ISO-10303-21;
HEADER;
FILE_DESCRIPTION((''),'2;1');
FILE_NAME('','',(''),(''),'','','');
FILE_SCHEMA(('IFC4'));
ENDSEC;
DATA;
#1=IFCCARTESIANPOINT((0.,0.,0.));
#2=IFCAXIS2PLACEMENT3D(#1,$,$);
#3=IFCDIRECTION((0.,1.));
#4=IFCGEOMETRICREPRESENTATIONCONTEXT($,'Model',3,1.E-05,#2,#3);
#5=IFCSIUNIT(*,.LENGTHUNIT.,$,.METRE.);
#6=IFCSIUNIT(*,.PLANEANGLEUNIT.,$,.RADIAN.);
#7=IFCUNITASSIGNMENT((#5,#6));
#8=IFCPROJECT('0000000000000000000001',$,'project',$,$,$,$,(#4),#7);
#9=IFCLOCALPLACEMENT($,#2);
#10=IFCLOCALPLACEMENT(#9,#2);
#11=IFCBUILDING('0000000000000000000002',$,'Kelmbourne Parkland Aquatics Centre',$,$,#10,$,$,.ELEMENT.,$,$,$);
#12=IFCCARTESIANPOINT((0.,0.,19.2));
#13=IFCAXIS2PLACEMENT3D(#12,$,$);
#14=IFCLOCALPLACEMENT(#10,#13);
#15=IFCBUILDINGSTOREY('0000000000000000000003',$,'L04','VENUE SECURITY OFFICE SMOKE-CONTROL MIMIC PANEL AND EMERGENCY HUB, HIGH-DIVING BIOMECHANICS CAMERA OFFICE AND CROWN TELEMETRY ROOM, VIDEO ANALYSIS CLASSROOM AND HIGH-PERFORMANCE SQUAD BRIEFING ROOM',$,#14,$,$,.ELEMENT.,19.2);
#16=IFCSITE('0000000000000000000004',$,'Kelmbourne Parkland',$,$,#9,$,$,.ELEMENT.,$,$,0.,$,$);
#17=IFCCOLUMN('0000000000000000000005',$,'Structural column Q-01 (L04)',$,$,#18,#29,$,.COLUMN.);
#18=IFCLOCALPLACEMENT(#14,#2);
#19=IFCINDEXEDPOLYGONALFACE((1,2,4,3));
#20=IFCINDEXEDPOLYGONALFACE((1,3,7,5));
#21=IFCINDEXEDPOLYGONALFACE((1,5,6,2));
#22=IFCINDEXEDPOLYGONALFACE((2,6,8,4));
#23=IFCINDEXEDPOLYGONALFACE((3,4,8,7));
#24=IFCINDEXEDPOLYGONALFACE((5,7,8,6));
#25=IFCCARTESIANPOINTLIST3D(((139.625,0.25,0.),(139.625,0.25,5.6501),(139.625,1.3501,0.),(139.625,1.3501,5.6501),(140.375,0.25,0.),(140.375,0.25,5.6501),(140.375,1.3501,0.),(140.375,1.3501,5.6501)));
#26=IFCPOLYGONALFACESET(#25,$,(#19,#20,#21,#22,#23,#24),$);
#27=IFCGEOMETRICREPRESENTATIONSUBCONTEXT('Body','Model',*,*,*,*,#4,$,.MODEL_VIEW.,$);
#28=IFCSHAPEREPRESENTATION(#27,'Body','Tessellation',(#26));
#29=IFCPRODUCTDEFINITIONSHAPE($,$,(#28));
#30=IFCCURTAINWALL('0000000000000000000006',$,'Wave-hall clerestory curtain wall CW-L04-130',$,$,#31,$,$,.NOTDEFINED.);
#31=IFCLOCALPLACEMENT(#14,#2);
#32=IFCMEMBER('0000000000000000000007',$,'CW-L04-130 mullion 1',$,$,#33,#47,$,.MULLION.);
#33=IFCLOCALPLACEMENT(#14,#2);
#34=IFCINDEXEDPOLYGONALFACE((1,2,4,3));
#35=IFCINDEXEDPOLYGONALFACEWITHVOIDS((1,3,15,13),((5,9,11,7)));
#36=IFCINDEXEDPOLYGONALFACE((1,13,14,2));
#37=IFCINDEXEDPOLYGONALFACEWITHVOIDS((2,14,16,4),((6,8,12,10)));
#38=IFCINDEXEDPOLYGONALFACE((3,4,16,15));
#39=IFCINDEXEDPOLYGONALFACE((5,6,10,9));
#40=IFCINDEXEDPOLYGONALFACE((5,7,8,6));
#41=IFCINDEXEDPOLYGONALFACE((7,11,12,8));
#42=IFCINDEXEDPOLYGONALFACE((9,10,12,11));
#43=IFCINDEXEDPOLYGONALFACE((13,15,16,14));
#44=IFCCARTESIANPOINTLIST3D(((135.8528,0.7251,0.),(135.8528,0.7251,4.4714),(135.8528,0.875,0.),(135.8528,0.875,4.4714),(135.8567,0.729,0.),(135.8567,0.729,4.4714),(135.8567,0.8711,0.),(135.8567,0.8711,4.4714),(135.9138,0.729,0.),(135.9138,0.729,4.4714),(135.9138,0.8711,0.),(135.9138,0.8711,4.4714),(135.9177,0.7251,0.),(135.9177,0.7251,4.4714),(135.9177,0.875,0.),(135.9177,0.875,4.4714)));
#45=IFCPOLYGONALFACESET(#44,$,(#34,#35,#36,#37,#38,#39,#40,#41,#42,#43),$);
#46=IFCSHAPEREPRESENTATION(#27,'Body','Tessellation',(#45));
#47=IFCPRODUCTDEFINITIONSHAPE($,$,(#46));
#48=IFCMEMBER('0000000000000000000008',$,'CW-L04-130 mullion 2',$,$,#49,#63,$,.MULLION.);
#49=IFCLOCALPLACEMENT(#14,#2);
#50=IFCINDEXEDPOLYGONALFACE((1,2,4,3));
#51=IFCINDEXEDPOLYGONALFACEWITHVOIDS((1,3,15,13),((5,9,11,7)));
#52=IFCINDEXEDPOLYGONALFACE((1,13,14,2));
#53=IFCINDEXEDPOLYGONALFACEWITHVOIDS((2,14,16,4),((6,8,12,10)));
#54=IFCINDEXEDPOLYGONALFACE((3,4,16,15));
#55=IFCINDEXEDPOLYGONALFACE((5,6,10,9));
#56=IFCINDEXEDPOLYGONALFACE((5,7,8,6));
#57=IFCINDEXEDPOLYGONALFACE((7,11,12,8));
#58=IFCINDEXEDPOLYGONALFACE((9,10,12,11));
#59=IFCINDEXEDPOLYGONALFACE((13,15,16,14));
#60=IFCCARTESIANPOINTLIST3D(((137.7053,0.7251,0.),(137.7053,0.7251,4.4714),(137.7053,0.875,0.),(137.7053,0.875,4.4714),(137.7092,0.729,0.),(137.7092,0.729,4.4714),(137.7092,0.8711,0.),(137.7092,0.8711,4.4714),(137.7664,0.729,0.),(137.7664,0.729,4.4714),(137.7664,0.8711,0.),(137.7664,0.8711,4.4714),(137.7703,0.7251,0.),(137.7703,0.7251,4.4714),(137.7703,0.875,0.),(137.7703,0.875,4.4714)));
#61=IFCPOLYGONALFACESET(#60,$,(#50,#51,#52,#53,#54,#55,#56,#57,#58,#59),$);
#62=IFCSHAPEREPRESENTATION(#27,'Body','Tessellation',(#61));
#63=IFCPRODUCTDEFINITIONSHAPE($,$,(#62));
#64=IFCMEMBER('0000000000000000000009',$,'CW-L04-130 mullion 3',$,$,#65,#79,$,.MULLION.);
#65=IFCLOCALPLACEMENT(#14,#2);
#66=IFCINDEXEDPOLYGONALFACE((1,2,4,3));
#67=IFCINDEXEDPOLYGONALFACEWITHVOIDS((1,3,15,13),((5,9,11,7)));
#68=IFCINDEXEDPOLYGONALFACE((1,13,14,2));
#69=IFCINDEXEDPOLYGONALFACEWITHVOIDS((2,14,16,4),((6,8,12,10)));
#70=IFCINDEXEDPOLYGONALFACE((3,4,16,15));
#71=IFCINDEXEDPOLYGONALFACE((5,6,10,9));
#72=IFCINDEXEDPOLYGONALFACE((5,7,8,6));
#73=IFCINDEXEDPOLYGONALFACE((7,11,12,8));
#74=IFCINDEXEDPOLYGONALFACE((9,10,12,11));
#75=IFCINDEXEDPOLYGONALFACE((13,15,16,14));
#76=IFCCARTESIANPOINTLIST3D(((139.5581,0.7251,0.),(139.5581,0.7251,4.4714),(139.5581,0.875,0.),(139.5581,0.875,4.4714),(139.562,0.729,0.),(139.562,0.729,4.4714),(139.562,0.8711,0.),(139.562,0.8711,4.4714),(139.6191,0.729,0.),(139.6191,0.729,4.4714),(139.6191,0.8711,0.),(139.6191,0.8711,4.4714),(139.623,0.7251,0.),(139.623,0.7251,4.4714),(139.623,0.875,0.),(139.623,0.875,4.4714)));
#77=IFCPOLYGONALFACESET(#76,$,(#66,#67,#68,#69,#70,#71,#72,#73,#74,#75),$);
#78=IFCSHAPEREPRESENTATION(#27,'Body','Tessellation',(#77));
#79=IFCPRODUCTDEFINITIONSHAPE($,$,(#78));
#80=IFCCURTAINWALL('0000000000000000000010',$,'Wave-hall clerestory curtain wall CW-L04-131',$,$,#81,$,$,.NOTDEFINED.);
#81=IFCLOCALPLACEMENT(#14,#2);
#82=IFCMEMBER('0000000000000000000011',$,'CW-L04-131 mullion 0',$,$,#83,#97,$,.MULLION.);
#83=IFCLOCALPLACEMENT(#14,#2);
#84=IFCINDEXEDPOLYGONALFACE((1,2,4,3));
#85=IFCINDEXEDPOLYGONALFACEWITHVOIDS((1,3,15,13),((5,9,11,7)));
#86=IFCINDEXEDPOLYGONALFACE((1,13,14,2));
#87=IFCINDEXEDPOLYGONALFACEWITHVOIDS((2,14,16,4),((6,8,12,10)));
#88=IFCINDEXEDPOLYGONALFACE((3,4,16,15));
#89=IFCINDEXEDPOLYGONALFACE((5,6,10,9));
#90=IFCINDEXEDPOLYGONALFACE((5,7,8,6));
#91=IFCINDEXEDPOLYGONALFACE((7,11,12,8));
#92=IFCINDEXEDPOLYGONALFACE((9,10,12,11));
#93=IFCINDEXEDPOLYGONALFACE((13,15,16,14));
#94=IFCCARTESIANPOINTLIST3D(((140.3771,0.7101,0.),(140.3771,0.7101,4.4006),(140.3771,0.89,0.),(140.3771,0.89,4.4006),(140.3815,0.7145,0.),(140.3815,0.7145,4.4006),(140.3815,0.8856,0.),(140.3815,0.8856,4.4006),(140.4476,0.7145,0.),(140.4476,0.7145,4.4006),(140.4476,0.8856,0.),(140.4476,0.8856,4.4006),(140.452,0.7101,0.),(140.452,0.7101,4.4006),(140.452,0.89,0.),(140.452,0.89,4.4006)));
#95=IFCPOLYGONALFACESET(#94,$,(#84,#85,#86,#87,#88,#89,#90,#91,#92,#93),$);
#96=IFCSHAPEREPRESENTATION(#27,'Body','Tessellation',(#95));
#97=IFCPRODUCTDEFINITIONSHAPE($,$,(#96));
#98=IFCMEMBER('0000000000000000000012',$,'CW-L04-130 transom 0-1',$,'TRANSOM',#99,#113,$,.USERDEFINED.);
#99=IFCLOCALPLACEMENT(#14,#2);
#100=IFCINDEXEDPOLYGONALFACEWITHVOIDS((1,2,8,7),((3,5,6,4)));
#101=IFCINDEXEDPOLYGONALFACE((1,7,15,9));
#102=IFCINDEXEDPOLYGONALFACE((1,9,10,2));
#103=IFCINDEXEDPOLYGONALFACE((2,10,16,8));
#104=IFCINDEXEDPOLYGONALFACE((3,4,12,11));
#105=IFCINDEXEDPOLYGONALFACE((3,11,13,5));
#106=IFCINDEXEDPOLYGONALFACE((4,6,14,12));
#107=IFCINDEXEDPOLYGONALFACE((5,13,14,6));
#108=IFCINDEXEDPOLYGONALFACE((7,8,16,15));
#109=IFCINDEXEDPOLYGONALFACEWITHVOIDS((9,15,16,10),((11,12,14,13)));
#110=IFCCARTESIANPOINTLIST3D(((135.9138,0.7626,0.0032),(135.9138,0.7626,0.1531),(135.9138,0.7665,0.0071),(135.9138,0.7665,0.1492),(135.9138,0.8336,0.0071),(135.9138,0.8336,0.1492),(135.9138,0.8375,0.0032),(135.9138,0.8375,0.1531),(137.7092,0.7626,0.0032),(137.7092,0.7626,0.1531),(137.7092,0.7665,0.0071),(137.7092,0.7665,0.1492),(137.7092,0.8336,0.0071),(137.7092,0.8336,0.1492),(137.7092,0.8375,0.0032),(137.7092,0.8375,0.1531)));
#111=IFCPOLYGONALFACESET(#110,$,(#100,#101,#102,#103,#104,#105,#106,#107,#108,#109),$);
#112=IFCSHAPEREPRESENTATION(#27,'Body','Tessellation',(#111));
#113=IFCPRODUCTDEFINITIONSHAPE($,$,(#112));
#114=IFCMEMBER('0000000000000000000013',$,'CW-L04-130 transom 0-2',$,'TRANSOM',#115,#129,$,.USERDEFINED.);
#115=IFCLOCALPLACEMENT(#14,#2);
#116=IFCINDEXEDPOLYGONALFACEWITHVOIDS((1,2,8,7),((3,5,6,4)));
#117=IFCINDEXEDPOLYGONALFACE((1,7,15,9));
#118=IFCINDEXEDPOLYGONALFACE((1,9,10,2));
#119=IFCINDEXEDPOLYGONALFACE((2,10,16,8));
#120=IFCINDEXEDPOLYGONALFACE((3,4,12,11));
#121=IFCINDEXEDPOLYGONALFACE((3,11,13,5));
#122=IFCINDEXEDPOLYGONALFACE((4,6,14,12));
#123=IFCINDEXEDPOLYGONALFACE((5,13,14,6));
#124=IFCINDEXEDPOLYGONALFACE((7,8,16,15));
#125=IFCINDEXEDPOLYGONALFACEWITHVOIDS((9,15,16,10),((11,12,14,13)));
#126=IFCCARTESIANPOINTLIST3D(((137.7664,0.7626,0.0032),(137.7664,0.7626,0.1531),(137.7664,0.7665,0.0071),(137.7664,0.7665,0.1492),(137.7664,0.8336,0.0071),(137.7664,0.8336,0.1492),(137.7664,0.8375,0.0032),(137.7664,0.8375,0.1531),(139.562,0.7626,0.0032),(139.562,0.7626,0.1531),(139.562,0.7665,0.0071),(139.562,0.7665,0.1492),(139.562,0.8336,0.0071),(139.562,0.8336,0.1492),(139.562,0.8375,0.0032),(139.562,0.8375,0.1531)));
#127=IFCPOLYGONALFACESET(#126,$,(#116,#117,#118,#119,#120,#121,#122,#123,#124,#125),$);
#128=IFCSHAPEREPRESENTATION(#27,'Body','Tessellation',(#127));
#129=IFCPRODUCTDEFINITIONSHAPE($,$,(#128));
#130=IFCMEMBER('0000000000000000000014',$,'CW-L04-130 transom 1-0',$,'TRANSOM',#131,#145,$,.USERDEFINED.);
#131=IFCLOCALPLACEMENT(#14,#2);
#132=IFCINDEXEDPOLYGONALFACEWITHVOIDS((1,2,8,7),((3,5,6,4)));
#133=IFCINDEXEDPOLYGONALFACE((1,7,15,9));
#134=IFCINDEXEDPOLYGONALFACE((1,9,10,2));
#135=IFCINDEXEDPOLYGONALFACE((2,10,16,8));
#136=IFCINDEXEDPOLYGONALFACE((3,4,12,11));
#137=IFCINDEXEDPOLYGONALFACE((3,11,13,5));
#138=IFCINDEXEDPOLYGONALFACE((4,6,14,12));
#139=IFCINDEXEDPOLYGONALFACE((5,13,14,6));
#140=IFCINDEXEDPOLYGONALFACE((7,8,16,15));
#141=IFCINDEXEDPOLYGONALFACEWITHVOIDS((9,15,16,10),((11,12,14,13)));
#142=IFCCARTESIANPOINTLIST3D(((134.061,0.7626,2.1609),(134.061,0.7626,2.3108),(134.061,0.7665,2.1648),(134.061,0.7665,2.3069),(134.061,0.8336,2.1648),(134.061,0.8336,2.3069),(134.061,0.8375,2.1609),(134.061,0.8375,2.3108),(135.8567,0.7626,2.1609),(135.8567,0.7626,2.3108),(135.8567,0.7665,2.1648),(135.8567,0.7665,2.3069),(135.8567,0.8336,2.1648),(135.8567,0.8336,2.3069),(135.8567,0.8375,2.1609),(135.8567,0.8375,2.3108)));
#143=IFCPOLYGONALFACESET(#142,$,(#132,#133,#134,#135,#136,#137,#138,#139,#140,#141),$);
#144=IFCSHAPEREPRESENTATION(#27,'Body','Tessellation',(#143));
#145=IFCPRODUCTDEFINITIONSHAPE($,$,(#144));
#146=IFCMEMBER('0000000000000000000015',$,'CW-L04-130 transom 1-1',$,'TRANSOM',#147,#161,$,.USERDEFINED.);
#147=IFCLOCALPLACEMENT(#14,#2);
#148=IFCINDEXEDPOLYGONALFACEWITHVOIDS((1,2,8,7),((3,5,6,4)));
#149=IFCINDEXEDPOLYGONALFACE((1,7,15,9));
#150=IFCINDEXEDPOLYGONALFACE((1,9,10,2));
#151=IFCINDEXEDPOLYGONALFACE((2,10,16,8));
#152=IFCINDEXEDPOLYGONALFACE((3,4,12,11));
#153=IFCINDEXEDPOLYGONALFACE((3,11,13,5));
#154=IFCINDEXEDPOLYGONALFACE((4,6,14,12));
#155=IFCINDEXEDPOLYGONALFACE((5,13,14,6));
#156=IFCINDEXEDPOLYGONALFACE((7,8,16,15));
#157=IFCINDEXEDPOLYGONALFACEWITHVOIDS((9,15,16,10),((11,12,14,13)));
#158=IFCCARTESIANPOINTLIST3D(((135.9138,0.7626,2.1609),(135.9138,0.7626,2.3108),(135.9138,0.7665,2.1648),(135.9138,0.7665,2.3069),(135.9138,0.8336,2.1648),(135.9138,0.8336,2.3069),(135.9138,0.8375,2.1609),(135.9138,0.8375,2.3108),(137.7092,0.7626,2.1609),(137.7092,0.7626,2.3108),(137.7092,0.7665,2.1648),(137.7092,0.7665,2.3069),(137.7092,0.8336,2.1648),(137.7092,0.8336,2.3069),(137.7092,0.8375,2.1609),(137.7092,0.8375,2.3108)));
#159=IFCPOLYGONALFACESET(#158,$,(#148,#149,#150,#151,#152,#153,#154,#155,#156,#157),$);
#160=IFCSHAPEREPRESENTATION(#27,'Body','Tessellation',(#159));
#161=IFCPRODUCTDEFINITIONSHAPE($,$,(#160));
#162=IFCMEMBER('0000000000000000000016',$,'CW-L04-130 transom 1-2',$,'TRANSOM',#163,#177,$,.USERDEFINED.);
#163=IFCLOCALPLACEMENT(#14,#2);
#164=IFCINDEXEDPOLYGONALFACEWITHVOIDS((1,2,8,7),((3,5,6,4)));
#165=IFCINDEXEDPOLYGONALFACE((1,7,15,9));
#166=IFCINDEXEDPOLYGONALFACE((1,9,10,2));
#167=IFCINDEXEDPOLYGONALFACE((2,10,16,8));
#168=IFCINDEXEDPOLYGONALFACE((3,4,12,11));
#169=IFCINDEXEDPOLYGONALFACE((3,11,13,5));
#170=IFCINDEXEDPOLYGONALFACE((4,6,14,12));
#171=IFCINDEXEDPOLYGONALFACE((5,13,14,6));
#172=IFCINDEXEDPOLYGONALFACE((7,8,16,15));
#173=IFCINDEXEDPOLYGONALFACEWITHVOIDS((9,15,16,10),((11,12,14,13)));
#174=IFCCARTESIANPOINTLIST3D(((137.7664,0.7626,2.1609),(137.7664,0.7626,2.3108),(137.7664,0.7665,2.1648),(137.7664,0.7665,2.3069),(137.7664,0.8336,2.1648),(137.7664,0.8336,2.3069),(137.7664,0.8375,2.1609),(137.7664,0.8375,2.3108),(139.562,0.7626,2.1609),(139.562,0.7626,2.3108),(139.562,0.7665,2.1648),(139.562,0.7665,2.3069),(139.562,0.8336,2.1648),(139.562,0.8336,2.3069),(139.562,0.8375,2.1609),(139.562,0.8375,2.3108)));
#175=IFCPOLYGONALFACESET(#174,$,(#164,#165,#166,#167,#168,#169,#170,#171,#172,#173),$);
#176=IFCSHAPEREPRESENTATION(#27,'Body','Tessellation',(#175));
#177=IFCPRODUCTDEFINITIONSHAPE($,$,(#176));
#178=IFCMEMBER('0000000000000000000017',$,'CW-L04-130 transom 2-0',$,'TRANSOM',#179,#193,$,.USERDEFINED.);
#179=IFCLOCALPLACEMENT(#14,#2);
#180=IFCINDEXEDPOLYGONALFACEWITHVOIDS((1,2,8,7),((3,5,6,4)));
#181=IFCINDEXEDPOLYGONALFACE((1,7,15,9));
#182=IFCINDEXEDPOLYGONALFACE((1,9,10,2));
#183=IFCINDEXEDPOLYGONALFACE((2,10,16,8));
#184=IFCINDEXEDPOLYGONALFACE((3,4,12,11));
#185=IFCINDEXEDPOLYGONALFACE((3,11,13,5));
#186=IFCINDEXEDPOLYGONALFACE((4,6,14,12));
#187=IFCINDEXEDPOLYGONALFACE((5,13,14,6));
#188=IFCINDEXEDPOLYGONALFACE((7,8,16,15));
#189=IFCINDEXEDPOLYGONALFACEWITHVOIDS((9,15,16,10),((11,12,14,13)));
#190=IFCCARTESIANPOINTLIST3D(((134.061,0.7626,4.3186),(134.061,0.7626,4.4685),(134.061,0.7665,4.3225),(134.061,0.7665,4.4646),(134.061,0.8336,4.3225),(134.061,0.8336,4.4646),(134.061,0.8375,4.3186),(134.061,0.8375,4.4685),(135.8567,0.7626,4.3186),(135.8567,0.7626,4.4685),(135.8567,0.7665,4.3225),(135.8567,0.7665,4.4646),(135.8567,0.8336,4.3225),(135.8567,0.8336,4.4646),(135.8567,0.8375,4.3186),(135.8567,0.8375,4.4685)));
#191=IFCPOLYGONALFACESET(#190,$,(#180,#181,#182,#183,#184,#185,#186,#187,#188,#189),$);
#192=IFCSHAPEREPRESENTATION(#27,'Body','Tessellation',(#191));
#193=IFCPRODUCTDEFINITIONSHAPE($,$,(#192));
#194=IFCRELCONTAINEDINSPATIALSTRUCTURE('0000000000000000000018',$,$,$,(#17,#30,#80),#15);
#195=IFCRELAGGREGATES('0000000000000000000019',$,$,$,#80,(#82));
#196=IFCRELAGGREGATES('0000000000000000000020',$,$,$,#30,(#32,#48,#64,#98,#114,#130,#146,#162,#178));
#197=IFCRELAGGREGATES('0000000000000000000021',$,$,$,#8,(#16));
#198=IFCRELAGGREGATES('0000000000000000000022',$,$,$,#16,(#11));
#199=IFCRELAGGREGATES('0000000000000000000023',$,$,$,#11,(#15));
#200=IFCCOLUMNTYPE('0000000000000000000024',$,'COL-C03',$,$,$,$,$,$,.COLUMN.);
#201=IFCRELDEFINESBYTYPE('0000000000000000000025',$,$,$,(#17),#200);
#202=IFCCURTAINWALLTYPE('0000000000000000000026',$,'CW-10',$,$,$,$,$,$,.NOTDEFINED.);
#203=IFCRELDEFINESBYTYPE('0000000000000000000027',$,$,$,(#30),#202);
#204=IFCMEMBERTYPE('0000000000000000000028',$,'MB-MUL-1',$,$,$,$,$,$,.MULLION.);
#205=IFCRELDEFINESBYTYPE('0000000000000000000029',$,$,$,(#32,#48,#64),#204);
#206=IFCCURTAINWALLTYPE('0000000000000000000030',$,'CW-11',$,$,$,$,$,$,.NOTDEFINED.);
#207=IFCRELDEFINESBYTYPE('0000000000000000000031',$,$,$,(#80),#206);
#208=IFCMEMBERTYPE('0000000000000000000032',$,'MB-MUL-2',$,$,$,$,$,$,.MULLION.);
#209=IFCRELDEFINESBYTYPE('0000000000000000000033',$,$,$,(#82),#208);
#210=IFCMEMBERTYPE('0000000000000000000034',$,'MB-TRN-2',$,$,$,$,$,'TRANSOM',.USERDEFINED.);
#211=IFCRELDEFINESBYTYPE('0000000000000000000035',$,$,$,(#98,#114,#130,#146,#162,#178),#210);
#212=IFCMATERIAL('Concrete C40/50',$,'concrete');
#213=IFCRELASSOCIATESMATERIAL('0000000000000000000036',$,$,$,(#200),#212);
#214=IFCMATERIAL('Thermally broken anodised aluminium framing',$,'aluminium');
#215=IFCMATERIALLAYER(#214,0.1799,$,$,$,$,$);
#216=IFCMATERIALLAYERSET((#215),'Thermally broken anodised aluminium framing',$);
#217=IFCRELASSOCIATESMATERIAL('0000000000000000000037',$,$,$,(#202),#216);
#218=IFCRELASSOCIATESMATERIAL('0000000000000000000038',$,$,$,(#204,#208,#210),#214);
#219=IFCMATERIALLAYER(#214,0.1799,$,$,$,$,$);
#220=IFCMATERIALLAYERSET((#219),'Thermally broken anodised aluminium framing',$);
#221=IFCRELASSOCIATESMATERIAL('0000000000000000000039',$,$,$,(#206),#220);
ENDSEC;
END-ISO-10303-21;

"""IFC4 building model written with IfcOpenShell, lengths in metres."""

from ifc_helpers import new_model, si_unit, direction, frame, origin, origin_2d, place, context, subcontext, project, spatial, rectangle, hollow_rectangle, extrude, material, layer, layer_set, material_profile, profile_set, type_object, element, aggregate, save


model = new_model("IFC4")

# Units and contexts
model_context = context("Model", 3, precision=1e-05, world=origin(), true_north=direction((0.0, 1.0)))
body_context = subcontext(model_context, "Body", "Model", "MODEL_VIEW")
ifc_project = project(units=[si_unit("LENGTHUNIT", "METRE"), si_unit("PLANEANGLEUNIT", "RADIAN")], contexts=[model_context])

# Site, building, storey
site_placement = place(None, origin())
site = spatial("IfcSite", under=ifc_project, at=site_placement, Name="Kelmbourne Parkland", CompositionType="ELEMENT", RefElevation=0.0)
building_placement = place(site_placement, origin())
building = spatial("IfcBuilding", under=site, at=building_placement, Name="Kelmbourne Parkland Aquatics Centre", CompositionType="ELEMENT")
storey_placement = place(building_placement, frame((0.0, 0.0, 19.2)))
storey = spatial("IfcBuildingStorey", under=building, at=storey_placement, Name="L04", Description="VENUE SECURITY OFFICE SMOKE-CONTROL MIMIC PANEL AND EMERGENCY HUB, HIGH-DIVING BIOMECHANICS CAMERA OFFICE AND CROWN TELEMETRY ROOM, VIDEO ANALYSIS CLASSROOM AND HIGH-PERFORMANCE SQUAD BRIEFING ROOM", CompositionType="ELEMENT", Elevation=19.2)

# Column
ifc_material_1 = material(Name="Concrete C40/50", Category="concrete")
ifc_material_profile_1 = material_profile(ifc_material_1, rectangle(XDim=0.75, YDim=1.1001, at=origin_2d()), Name="RC 750x1100")
ifc_profile_set_1 = profile_set([ifc_material_profile_1], Name="Concrete C40/50")
column_type = type_object("IfcColumnType", Name="COL-C03", PredefinedType="COLUMN", material=ifc_profile_set_1)
column_placement = place(storey_placement, frame((140.0, 0.8, 0.0), z_axis=(0.0, 0.0, 1.0), x_axis=(1.0, 0.0, 0.0)))
element("IfcColumn", 1, at=column_placement, inside=storey, type_object=column_type, Name="Structural column Q-01 (L04)", PredefinedType="COLUMN", context=body_context, shape_type="SweptSolid", body=[
    extrude(rectangle(XDim=0.75, YDim=1.1001, at=origin_2d()), origin(), (0.0, 0.0, 1.0), 5.6501),
])

# Curtain wall, members
ifc_material_2 = material(Name="Thermally broken anodised aluminium framing", Category="aluminium")
ifc_layer_1 = layer(ifc_material_2, 0.1799)
ifc_layer_set_1 = layer_set([ifc_layer_1], Name="Thermally broken anodised aluminium framing")
curtain_wall_type_1 = type_object("IfcCurtainWallType", Name="CW-10", PredefinedType="NOTDEFINED", material=ifc_layer_set_1)
curtain_wall_1_placement = place(storey_placement, origin())
curtain_wall_1 = element("IfcCurtainWall", 2, at=curtain_wall_1_placement, inside=storey, type_object=curtain_wall_type_1, Name="Wave-hall clerestory curtain wall CW-L04-130", PredefinedType="NOTDEFINED")
ifc_material_profile_2 = material_profile(ifc_material_2, hollow_rectangle(XDim=0.0649, YDim=0.1499, WallThickness=0.0039, at=origin_2d()), Name="CW-M 65x150")
ifc_profile_set_2 = profile_set([ifc_material_profile_2], Name="Thermally broken anodised aluminium framing")
member_type_1 = type_object("IfcMemberType", Name="MB-MUL-1", PredefinedType="MULLION", material=ifc_profile_set_2)
member_1_placement = place(storey_placement, frame((135.8853, 0.8, 0.0), z_axis=(0.0, 0.0, 1.0), x_axis=(1.0, 0.0, 0.0)))
member_1 = element("IfcMember", 3, at=member_1_placement, type_object=member_type_1, Name="CW-L04-130 mullion 1", PredefinedType="MULLION", context=body_context, shape_type="SweptSolid", body=[
    extrude(hollow_rectangle(XDim=0.0649, YDim=0.1499, WallThickness=0.0039, at=origin_2d()), origin(), (0.0, 0.0, 1.0), 4.4714),
])
member_2_placement = place(storey_placement, frame((137.7378, 0.8, 0.0), z_axis=(0.0, 0.0, 1.0), x_axis=(1.0, 0.0, 0.0)))
member_2 = element("IfcMember", 4, at=member_2_placement, type_object=member_type_1, Name="CW-L04-130 mullion 2", PredefinedType="MULLION", context=body_context, shape_type="SweptSolid", body=[
    extrude(hollow_rectangle(XDim=0.0649, YDim=0.1499, WallThickness=0.0039, at=origin_2d()), origin(), (0.0, 0.0, 1.0), 4.4714),
])
member_3_placement = place(storey_placement, frame((139.5906, 0.8, 0.0), z_axis=(0.0, 0.0, 1.0), x_axis=(1.0, 0.0, 0.0)))
member_3 = element("IfcMember", 5, at=member_3_placement, type_object=member_type_1, Name="CW-L04-130 mullion 3", PredefinedType="MULLION", context=body_context, shape_type="SweptSolid", body=[
    extrude(hollow_rectangle(XDim=0.0649, YDim=0.1499, WallThickness=0.0039, at=origin_2d()), origin(), (0.0, 0.0, 1.0), 4.4714),
])

# Curtain wall, member
ifc_layer_2 = layer(ifc_material_2, 0.1799)
ifc_layer_set_2 = layer_set([ifc_layer_2], Name="Thermally broken anodised aluminium framing")
curtain_wall_type_2 = type_object("IfcCurtainWallType", Name="CW-11", PredefinedType="NOTDEFINED", material=ifc_layer_set_2)
curtain_wall_2_placement = place(storey_placement, origin())
curtain_wall_2 = element("IfcCurtainWall", 6, at=curtain_wall_2_placement, inside=storey, type_object=curtain_wall_type_2, Name="Wave-hall clerestory curtain wall CW-L04-131", PredefinedType="NOTDEFINED")
ifc_material_profile_3 = material_profile(ifc_material_2, hollow_rectangle(XDim=0.075, YDim=0.1799, WallThickness=0.0044, at=origin_2d()), Name="CW-M 75x180")
ifc_profile_set_3 = profile_set([ifc_material_profile_3], Name="Thermally broken anodised aluminium framing")
member_type_2 = type_object("IfcMemberType", Name="MB-MUL-2", PredefinedType="MULLION", material=ifc_profile_set_3)
member_4_placement = place(storey_placement, frame((140.4146, 0.8, 0.0), z_axis=(0.0, 0.0, 1.0), x_axis=(1.0, 0.0, 0.0)))
member_4 = element("IfcMember", 7, at=member_4_placement, type_object=member_type_2, Name="CW-L04-131 mullion 0", PredefinedType="MULLION", context=body_context, shape_type="SweptSolid", body=[
    extrude(hollow_rectangle(XDim=0.075, YDim=0.1799, WallThickness=0.0044, at=origin_2d()), origin(), (0.0, 0.0, 1.0), 4.4006),
])

# Members
ifc_material_profile_4 = material_profile(ifc_material_2, hollow_rectangle(XDim=0.075, YDim=0.1499, WallThickness=0.0039, at=origin_2d()), Name="CW-T 75x150")
ifc_profile_set_4 = profile_set([ifc_material_profile_4], Name="Thermally broken anodised aluminium framing")
member_type_3 = type_object("IfcMemberType", Name="MB-TRN-2", ElementType="TRANSOM", PredefinedType="USERDEFINED", material=ifc_profile_set_4)
member_5_placement = place(storey_placement, frame((135.9138, 0.8, 0.0781), z_axis=(1.0, 0.0, 0.0), x_axis=(0.0, 1.0, 0.0)))
member_5 = element("IfcMember", 8, at=member_5_placement, type_object=member_type_3, Name="CW-L04-130 transom 0-1", ObjectType="TRANSOM", PredefinedType="USERDEFINED", context=body_context, shape_type="SweptSolid", body=[
    extrude(hollow_rectangle(XDim=0.075, YDim=0.1499, WallThickness=0.0039, at=origin_2d()), origin(), (0.0, 0.0, 1.0), 1.7954),
])
member_6_placement = place(storey_placement, frame((137.7664, 0.8, 0.0781), z_axis=(1.0, 0.0, 0.0), x_axis=(0.0, 1.0, 0.0)))
member_6 = element("IfcMember", 9, at=member_6_placement, type_object=member_type_3, Name="CW-L04-130 transom 0-2", ObjectType="TRANSOM", PredefinedType="USERDEFINED", context=body_context, shape_type="SweptSolid", body=[
    extrude(hollow_rectangle(XDim=0.075, YDim=0.1499, WallThickness=0.0039, at=origin_2d()), origin(), (0.0, 0.0, 1.0), 1.7957),
])
member_7_placement = place(storey_placement, frame((134.061, 0.8, 2.2358), z_axis=(1.0, 0.0, 0.0), x_axis=(0.0, 1.0, 0.0)))
member_7 = element("IfcMember", 10, at=member_7_placement, type_object=member_type_3, Name="CW-L04-130 transom 1-0", ObjectType="TRANSOM", PredefinedType="USERDEFINED", context=body_context, shape_type="SweptSolid", body=[
    extrude(hollow_rectangle(XDim=0.075, YDim=0.1499, WallThickness=0.0039, at=origin_2d()), origin(), (0.0, 0.0, 1.0), 1.7957),
])
member_8_placement = place(storey_placement, frame((135.9138, 0.8, 2.2358), z_axis=(1.0, 0.0, 0.0), x_axis=(0.0, 1.0, 0.0)))
member_8 = element("IfcMember", 11, at=member_8_placement, type_object=member_type_3, Name="CW-L04-130 transom 1-1", ObjectType="TRANSOM", PredefinedType="USERDEFINED", context=body_context, shape_type="SweptSolid", body=[
    extrude(hollow_rectangle(XDim=0.075, YDim=0.1499, WallThickness=0.0039, at=origin_2d()), origin(), (0.0, 0.0, 1.0), 1.7954),
])
member_9_placement = place(storey_placement, frame((137.7664, 0.8, 2.2358), z_axis=(1.0, 0.0, 0.0), x_axis=(0.0, 1.0, 0.0)))
member_9 = element("IfcMember", 12, at=member_9_placement, type_object=member_type_3, Name="CW-L04-130 transom 1-2", ObjectType="TRANSOM", PredefinedType="USERDEFINED", context=body_context, shape_type="SweptSolid", body=[
    extrude(hollow_rectangle(XDim=0.075, YDim=0.1499, WallThickness=0.0039, at=origin_2d()), origin(), (0.0, 0.0, 1.0), 1.7957),
])
member_10_placement = place(storey_placement, frame((134.061, 0.8, 4.3936), z_axis=(1.0, 0.0, 0.0), x_axis=(0.0, 1.0, 0.0)))
member_10 = element("IfcMember", 13, at=member_10_placement, type_object=member_type_3, Name="CW-L04-130 transom 2-0", ObjectType="TRANSOM", PredefinedType="USERDEFINED", context=body_context, shape_type="SweptSolid", body=[
    extrude(hollow_rectangle(XDim=0.075, YDim=0.1499, WallThickness=0.0039, at=origin_2d()), origin(), (0.0, 0.0, 1.0), 1.7957),
])
aggregate(curtain_wall_2, [member_4])

aggregate(curtain_wall_1, [member_1, member_2, member_3, member_5, member_6, member_7, member_8, member_9, member_10])

save(model, "model.ifc")
